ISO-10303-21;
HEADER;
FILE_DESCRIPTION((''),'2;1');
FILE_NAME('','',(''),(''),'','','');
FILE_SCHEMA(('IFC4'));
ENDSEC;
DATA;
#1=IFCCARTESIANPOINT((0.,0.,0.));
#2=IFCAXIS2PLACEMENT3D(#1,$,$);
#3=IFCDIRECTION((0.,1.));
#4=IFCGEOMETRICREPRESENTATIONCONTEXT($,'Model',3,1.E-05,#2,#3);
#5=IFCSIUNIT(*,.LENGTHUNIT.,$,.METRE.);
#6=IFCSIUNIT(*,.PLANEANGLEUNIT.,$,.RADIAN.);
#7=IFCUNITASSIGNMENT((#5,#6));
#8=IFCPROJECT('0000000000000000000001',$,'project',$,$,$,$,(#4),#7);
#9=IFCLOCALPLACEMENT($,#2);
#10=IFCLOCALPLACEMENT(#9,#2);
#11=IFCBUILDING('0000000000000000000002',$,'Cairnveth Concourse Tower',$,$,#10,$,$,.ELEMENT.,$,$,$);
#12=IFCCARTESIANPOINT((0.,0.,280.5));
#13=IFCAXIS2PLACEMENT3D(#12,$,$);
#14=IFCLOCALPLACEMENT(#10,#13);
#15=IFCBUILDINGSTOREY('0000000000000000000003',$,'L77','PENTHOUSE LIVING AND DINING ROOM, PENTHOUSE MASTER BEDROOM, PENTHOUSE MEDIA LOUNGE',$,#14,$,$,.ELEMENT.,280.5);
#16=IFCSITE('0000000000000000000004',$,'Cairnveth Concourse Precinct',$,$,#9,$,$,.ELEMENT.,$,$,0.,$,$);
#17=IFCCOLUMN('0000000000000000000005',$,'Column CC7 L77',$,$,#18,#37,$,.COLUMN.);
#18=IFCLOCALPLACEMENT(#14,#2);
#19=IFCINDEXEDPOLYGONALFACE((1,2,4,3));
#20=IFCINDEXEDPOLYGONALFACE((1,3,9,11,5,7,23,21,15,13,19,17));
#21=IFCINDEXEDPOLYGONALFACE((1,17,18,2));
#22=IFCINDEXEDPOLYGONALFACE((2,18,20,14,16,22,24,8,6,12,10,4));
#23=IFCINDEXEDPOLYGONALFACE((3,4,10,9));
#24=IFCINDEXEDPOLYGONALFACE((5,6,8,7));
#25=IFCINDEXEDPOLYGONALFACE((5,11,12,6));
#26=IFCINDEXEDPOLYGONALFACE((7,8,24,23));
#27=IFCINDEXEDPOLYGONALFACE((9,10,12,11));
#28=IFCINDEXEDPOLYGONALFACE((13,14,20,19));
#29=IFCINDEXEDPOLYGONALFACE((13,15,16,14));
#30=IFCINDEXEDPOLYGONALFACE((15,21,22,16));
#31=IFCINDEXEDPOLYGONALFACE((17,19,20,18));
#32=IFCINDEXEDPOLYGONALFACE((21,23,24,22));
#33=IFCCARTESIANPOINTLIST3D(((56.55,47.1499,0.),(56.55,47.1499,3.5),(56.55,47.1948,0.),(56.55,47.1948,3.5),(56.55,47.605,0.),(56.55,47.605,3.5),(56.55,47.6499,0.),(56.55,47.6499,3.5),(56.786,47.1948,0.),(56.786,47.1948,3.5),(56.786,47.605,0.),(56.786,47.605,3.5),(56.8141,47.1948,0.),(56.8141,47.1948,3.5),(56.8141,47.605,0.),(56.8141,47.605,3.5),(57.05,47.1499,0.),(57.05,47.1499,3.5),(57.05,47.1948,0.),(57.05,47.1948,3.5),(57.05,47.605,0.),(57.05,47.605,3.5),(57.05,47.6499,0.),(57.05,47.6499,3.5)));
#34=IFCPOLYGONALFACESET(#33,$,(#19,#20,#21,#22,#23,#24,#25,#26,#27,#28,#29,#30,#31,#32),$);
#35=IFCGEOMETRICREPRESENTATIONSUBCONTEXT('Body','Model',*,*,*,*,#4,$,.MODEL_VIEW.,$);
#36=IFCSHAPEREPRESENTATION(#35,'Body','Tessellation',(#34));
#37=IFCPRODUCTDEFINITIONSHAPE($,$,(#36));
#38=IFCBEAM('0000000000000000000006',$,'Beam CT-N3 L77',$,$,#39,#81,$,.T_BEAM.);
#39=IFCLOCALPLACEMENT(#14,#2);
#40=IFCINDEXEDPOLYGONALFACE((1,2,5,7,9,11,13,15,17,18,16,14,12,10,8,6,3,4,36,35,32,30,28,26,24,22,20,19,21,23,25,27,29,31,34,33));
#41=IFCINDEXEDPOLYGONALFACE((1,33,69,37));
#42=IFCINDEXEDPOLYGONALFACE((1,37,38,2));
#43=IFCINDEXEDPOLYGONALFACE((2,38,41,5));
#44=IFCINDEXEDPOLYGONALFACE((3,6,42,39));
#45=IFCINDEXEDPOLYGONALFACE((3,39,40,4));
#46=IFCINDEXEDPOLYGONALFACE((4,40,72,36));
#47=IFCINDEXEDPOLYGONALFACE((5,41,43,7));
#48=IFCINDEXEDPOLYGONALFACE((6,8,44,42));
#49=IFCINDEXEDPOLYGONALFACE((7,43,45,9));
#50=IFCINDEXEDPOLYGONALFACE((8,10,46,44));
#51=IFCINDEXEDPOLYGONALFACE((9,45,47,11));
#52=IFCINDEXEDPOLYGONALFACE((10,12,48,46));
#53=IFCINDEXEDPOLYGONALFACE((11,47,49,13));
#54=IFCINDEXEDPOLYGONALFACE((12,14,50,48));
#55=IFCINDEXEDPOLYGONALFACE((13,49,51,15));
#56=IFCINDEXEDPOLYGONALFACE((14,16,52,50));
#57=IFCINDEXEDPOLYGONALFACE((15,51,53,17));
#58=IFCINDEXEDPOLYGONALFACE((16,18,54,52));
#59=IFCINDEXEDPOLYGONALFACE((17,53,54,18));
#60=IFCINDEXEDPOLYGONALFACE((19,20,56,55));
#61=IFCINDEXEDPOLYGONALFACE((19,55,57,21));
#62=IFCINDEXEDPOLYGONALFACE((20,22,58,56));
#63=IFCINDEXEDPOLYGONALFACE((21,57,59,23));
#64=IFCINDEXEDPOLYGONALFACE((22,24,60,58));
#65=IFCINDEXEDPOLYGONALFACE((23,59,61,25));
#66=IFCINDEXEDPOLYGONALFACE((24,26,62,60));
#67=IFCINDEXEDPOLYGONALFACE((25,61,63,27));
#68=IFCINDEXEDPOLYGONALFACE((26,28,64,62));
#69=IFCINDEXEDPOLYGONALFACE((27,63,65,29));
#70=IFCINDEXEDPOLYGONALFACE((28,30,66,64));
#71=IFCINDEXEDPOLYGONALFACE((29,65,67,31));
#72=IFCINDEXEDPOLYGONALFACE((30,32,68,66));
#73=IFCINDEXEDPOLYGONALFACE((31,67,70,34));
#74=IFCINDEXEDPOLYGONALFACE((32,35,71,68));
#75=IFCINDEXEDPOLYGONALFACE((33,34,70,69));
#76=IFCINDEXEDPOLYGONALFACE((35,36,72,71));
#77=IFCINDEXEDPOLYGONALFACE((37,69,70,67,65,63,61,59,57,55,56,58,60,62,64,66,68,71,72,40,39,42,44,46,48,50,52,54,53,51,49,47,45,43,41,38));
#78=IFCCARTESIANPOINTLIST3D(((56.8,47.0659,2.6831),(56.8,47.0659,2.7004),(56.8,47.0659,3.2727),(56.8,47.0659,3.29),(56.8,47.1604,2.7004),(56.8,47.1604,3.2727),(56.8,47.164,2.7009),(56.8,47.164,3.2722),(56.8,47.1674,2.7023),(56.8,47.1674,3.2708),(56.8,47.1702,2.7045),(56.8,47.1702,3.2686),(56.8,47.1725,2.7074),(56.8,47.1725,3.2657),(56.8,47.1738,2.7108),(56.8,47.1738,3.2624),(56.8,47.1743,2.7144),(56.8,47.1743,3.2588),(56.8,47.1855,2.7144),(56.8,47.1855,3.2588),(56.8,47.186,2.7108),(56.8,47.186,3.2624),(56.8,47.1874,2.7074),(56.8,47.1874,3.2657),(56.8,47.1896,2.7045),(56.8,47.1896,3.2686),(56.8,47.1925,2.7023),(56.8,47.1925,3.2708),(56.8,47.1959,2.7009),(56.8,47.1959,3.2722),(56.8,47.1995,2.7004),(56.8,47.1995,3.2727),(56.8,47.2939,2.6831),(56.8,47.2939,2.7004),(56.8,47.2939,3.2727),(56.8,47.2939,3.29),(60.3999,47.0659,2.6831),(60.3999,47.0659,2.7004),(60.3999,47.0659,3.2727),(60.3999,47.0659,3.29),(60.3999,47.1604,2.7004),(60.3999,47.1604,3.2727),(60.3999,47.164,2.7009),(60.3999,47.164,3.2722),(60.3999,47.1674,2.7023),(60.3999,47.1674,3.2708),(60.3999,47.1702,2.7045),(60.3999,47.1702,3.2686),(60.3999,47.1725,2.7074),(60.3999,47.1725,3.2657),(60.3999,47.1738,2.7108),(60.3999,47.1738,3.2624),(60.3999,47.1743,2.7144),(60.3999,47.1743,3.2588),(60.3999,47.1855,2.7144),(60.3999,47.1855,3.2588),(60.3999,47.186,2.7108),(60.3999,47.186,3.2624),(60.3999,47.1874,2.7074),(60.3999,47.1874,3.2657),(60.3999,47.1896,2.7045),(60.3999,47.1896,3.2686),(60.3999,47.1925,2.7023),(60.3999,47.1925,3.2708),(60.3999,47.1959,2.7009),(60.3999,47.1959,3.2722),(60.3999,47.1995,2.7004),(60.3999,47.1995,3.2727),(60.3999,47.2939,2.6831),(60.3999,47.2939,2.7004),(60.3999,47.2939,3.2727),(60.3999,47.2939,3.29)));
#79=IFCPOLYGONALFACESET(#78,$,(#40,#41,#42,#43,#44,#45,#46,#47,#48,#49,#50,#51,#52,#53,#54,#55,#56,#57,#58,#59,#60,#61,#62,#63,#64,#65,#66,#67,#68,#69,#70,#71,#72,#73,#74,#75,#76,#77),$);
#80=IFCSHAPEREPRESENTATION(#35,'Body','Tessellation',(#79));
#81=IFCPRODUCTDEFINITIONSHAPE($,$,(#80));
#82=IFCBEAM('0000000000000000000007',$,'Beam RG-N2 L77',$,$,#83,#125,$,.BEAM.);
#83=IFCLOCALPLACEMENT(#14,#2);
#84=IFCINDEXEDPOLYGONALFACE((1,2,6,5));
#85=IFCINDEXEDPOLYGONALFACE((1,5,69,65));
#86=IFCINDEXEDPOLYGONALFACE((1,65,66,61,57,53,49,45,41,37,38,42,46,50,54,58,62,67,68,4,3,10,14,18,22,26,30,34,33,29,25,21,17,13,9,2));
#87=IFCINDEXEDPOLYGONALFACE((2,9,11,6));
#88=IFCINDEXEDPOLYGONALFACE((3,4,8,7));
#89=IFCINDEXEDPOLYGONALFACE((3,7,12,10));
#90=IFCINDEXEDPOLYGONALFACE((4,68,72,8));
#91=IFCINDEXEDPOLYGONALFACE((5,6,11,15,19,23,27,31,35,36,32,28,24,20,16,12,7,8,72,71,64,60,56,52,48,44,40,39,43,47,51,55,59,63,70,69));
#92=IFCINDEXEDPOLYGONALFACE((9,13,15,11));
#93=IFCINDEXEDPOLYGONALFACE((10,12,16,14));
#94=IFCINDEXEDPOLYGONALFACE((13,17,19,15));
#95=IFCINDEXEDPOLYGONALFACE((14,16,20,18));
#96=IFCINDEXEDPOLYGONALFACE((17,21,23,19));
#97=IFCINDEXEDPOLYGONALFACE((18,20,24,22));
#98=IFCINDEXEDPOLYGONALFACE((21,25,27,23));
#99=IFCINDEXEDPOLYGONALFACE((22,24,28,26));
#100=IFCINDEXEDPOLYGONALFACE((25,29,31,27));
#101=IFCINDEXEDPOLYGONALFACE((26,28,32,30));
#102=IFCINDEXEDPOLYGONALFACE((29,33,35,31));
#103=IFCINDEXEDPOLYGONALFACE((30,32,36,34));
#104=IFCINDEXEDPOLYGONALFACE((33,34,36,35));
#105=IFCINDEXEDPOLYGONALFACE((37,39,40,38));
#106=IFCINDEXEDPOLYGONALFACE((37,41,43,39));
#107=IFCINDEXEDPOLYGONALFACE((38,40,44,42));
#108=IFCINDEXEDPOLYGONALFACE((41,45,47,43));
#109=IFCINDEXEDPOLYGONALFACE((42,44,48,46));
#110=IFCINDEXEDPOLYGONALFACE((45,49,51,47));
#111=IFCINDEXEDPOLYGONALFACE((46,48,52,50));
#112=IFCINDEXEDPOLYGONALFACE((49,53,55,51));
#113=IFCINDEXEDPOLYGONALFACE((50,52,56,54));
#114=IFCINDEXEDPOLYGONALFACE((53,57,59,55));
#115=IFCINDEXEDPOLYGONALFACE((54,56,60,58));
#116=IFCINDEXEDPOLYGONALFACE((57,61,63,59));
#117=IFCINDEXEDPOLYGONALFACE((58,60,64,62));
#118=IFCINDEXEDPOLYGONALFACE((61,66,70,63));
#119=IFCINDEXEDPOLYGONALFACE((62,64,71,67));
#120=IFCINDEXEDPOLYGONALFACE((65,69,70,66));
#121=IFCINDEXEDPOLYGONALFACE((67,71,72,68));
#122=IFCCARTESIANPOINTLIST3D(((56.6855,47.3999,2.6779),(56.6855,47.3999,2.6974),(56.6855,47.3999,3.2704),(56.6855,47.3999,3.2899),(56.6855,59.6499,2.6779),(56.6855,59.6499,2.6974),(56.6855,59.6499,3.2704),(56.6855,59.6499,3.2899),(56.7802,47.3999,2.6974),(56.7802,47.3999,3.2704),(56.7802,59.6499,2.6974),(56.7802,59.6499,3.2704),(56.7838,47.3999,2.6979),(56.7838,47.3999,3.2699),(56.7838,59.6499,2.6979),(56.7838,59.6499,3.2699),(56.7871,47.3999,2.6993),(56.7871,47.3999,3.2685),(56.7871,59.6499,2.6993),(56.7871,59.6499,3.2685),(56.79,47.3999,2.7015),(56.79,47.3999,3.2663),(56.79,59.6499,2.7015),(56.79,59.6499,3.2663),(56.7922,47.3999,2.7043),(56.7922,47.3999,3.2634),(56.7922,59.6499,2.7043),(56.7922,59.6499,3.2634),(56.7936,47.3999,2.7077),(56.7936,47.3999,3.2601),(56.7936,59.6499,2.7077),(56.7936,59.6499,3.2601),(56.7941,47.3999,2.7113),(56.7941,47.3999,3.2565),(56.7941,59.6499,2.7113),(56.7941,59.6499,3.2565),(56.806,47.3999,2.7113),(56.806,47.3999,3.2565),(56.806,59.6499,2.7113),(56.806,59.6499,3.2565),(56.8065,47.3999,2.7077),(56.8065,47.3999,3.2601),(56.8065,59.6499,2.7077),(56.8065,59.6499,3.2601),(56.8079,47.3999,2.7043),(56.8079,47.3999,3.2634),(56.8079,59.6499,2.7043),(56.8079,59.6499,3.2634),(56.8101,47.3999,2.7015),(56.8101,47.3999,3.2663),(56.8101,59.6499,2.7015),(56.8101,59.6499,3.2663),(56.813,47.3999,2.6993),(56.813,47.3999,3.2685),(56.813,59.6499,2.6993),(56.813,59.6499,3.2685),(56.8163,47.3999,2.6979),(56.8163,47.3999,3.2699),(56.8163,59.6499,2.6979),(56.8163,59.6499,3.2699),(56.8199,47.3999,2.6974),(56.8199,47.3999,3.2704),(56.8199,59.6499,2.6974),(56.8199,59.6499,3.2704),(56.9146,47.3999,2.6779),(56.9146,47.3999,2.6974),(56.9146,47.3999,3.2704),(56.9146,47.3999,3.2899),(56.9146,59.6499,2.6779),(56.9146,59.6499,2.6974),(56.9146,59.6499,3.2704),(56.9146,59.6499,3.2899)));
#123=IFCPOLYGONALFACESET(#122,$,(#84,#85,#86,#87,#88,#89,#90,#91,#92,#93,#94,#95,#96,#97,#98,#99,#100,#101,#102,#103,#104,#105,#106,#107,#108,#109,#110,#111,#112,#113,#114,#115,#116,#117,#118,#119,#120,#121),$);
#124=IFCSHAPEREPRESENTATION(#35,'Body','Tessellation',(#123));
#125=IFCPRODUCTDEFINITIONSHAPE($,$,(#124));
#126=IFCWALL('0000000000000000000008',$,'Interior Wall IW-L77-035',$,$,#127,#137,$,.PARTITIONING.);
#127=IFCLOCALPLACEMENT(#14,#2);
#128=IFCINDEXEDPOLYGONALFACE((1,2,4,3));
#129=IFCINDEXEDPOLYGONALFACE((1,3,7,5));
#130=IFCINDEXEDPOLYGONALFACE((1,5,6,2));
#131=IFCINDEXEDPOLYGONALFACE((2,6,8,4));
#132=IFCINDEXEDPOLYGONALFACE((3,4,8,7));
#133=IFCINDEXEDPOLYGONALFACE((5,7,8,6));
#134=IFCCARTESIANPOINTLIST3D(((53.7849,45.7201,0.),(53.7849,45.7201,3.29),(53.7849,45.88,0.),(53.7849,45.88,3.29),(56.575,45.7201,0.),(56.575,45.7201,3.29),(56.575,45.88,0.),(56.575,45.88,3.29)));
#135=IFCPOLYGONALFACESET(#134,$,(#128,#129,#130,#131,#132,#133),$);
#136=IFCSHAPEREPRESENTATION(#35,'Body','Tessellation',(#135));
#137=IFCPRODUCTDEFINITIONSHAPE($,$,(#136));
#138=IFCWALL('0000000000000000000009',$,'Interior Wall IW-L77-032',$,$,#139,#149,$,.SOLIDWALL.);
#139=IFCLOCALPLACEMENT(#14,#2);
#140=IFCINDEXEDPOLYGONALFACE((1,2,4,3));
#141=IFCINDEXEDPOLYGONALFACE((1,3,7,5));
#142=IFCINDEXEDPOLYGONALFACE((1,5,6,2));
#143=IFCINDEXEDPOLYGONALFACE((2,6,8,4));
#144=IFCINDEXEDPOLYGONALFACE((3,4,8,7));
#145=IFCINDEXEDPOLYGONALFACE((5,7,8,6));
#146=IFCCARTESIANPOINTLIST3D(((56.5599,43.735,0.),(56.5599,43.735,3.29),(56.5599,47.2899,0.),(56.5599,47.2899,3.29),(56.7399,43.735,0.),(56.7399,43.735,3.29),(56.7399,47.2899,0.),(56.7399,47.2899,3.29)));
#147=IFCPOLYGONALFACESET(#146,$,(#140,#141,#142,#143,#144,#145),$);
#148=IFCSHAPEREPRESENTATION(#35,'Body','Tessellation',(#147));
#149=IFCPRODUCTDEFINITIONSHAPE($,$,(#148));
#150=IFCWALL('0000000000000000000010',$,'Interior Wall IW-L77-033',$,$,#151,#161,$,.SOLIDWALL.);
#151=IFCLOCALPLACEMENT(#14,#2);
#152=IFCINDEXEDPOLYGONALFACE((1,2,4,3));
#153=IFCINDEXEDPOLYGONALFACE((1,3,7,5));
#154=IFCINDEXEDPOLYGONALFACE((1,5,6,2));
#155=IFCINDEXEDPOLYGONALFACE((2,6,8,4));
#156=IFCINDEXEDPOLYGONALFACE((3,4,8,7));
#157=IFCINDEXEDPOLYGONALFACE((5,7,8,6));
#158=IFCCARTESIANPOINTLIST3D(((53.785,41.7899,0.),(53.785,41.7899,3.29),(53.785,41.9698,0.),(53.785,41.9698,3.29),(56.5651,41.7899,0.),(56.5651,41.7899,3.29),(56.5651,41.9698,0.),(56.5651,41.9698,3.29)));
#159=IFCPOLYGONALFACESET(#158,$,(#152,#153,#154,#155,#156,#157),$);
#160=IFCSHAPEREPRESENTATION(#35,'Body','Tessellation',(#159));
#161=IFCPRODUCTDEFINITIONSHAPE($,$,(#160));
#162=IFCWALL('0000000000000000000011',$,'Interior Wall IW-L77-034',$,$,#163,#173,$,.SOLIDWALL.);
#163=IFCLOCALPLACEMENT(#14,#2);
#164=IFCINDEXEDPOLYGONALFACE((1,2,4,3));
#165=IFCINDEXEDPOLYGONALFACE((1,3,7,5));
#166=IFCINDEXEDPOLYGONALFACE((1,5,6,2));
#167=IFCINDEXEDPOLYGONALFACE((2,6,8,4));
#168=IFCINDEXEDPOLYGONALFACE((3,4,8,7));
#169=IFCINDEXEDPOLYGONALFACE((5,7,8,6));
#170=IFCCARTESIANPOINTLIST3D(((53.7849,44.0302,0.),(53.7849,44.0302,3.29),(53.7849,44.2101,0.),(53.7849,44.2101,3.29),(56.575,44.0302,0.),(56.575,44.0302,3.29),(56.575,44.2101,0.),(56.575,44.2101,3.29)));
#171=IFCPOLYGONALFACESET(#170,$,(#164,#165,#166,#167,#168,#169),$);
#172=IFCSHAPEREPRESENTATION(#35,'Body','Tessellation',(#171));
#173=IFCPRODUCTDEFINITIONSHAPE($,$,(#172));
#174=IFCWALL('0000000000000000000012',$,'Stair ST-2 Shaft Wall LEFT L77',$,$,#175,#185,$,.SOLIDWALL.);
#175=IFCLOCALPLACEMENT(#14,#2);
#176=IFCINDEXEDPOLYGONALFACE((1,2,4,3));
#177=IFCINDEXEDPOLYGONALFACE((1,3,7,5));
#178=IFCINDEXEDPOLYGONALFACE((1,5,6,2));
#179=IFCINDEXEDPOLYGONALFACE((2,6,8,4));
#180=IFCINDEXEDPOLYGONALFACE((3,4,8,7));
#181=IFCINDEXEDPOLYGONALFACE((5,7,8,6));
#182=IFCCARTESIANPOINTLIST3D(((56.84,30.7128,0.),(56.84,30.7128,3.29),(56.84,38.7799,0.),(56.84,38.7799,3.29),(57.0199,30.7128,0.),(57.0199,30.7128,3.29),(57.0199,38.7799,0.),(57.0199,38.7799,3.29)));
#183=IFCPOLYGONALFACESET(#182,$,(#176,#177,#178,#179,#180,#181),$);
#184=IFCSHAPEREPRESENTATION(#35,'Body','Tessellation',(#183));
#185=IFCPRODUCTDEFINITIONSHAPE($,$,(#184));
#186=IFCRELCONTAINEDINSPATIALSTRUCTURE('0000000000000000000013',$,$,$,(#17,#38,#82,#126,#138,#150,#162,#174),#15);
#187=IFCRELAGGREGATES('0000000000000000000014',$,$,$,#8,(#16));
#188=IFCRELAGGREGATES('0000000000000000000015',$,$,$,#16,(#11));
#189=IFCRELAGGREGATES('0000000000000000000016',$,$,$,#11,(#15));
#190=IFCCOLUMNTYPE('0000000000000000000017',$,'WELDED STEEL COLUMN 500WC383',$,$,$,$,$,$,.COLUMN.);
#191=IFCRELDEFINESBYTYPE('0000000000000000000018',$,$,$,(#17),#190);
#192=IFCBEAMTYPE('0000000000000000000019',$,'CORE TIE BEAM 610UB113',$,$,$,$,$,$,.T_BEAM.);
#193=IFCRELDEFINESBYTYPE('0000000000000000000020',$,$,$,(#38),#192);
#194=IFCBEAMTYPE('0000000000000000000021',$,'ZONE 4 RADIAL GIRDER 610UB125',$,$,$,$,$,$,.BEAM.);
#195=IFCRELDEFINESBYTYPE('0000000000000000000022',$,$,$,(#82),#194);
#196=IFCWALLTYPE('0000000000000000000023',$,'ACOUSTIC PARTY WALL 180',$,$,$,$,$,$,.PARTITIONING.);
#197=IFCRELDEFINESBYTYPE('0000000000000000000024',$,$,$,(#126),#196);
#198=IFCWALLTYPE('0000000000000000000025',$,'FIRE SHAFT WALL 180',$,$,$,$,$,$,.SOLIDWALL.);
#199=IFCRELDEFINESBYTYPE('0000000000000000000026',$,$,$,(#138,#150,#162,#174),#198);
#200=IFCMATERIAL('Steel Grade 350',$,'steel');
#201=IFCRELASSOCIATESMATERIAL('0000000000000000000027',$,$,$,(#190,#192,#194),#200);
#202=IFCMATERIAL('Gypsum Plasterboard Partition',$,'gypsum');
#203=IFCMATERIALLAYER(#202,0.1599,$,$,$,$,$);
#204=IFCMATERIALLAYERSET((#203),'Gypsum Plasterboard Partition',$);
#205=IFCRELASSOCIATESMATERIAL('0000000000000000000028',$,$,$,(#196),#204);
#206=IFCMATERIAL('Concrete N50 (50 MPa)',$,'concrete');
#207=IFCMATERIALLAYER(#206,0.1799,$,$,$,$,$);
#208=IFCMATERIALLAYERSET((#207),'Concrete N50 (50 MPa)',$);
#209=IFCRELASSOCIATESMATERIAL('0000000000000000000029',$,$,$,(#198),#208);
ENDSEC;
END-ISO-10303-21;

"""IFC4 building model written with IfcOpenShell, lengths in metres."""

from ifc_helpers import new_model, si_unit, direction, frame, frame_2d, origin, origin_2d, place, context, subcontext, project, spatial, rectangle, i_section, extrude, material, layer, layer_set, material_profile, profile_set, type_object, element, save


model = new_model("IFC4")

# Units and contexts
model_context = context("Model", 3, precision=1e-05, world=origin(), true_north=direction((0.0, 1.0)))
body_context = subcontext(model_context, "Body", "Model", "MODEL_VIEW")
ifc_project = project(units=[si_unit("LENGTHUNIT", "METRE"), si_unit("PLANEANGLEUNIT", "RADIAN")], contexts=[model_context])

# Site, building, storey
site_placement = place(None, origin())
site = spatial("IfcSite", under=ifc_project, at=site_placement, Name="Cairnveth Concourse Precinct", CompositionType="ELEMENT", RefElevation=0.0)
building_placement = place(site_placement, origin())
building = spatial("IfcBuilding", under=site, at=building_placement, Name="Cairnveth Concourse Tower", CompositionType="ELEMENT")
storey_placement = place(building_placement, frame((0.0, 0.0, 280.5)))
storey = spatial("IfcBuildingStorey", under=building, at=storey_placement, Name="L77", Description="PENTHOUSE LIVING AND DINING ROOM, PENTHOUSE MASTER BEDROOM, PENTHOUSE MEDIA LOUNGE", CompositionType="ELEMENT", Elevation=280.5)

# Column
ifc_material_1 = material(Name="Steel Grade 350", Category="steel")
ifc_material_profile_1 = material_profile(ifc_material_1, i_section(OverallWidth=0.5, OverallDepth=0.5, WebThickness=0.0281, FlangeThickness=0.0449, at=origin_2d()), Name="500WC383")
ifc_profile_set_1 = profile_set([ifc_material_profile_1], Name="Steel Grade 350")
column_type = type_object("IfcColumnType", Name="WELDED STEEL COLUMN 500WC383", PredefinedType="COLUMN", material=ifc_profile_set_1)
column_placement = place(storey_placement, frame((56.8, 47.3999, 0.0), z_axis=(0.0, 0.0, 1.0), x_axis=(1.0, 0.0, 0.0)))
element("IfcColumn", 1, at=column_placement, inside=storey, type_object=column_type, Name="Column CC7 L77", PredefinedType="COLUMN", context=body_context, shape_type="SweptSolid", body=[
    extrude(i_section(OverallWidth=0.5, OverallDepth=0.5, WebThickness=0.0281, FlangeThickness=0.0449, at=origin_2d()), origin(), (0.0, 0.0, 1.0), 3.5),
])

# Beams
ifc_material_profile_2 = material_profile(ifc_material_1, i_section(OverallWidth=0.228, OverallDepth=0.6069, WebThickness=0.0112, FlangeThickness=0.0173, FilletRadius=0.0139, at=origin_2d()), Name="610UB113")
ifc_profile_set_2 = profile_set([ifc_material_profile_2], Name="Steel Grade 350")
beam_type_1 = type_object("IfcBeamType", Name="CORE TIE BEAM 610UB113", PredefinedType="T_BEAM", material=ifc_profile_set_2)
beam_1_placement = place(storey_placement, frame((56.8, 47.1799, 2.9866), z_axis=(1.0, 0.0, 0.0), x_axis=(0.0, 1.0, 0.0)))
element("IfcBeam", 2, at=beam_1_placement, inside=storey, type_object=beam_type_1, Name="Beam CT-N3 L77", PredefinedType="T_BEAM", context=body_context, shape_type="SweptSolid", body=[
    extrude(i_section(OverallWidth=0.228, OverallDepth=0.6069, WebThickness=0.0112, FlangeThickness=0.0173, FilletRadius=0.0139, at=origin_2d()), origin(), (0.0, 0.0, 1.0), 3.5999),
])
ifc_material_profile_3 = material_profile(ifc_material_1, i_section(OverallWidth=0.229, OverallDepth=0.6121, WebThickness=0.012, FlangeThickness=0.0195, FilletRadius=0.0139, at=origin_2d()), Name="610UB125")
ifc_profile_set_3 = profile_set([ifc_material_profile_3], Name="Steel Grade 350")
beam_type_2 = type_object("IfcBeamType", Name="ZONE 4 RADIAL GIRDER 610UB125", PredefinedType="BEAM", material=ifc_profile_set_3)
beam_2_placement = place(storey_placement, frame((56.8, 47.3999, 2.9839), z_axis=(0.0, 1.0, 0.0), x_axis=(-1.0, 0.0, 0.0)))
element("IfcBeam", 3, at=beam_2_placement, inside=storey, type_object=beam_type_2, Name="Beam RG-N2 L77", PredefinedType="BEAM", context=body_context, shape_type="SweptSolid", body=[
    extrude(i_section(OverallWidth=0.229, OverallDepth=0.6121, WebThickness=0.012, FlangeThickness=0.0195, FilletRadius=0.0139, at=origin_2d()), origin(), (0.0, 0.0, 1.0), 12.25),
])

# Walls
ifc_material_2 = material(Name="Gypsum Plasterboard Partition", Category="gypsum")
ifc_layer_1 = layer(ifc_material_2, 0.1599)
ifc_layer_set_1 = layer_set([ifc_layer_1], Name="Gypsum Plasterboard Partition")
wall_type_1 = type_object("IfcWallType", Name="ACOUSTIC PARTY WALL 180", PredefinedType="PARTITIONING", material=ifc_layer_set_1)
wall_1_placement = place(storey_placement, frame((53.7849, 45.8, 0.0), z_axis=(0.0, 0.0, 1.0), x_axis=(1.0, 0.0, 0.0)))
element("IfcWall", 4, at=wall_1_placement, inside=storey, type_object=wall_type_1, Name="Interior Wall IW-L77-035", PredefinedType="PARTITIONING", context=body_context, shape_type="SweptSolid", body=[
    extrude(rectangle(XDim=2.79, YDim=0.1599, at=frame_2d((1.395, 0.0))), origin(), (0.0, 0.0, 1.0), 3.29),
])
ifc_material_3 = material(Name="Concrete N50 (50 MPa)", Category="concrete")
ifc_layer_2 = layer(ifc_material_3, 0.1799)
ifc_layer_set_2 = layer_set([ifc_layer_2], Name="Concrete N50 (50 MPa)")
wall_type_2 = type_object("IfcWallType", Name="FIRE SHAFT WALL 180", PredefinedType="SOLIDWALL", material=ifc_layer_set_2)
wall_2_placement = place(storey_placement, frame((56.6499, 43.7351, 0.0), z_axis=(0.0, 0.0, 1.0), x_axis=(0.0, 1.0, 0.0)))
element("IfcWall", 5, at=wall_2_placement, inside=storey, type_object=wall_type_2, Name="Interior Wall IW-L77-032", PredefinedType="SOLIDWALL", context=body_context, shape_type="SweptSolid", body=[
    extrude(rectangle(XDim=3.5549, YDim=0.1799, at=frame_2d((1.7773, 0.0))), origin(), (0.0, 0.0, 1.0), 3.29),
])
wall_3_placement = place(storey_placement, frame((53.7849, 41.8799, 0.0), z_axis=(0.0, 0.0, 1.0), x_axis=(1.0, 0.0, 0.0)))
element("IfcWall", 6, at=wall_3_placement, inside=storey, type_object=wall_type_2, Name="Interior Wall IW-L77-033", PredefinedType="SOLIDWALL", context=body_context, shape_type="SweptSolid", body=[
    extrude(rectangle(XDim=2.78, YDim=0.1799, at=frame_2d((1.3901, 0.0))), origin(), (0.0, 0.0, 1.0), 3.29),
])
wall_4_placement = place(storey_placement, frame((53.7849, 44.1201, 0.0), z_axis=(0.0, 0.0, 1.0), x_axis=(1.0, 0.0, 0.0)))
element("IfcWall", 7, at=wall_4_placement, inside=storey, type_object=wall_type_2, Name="Interior Wall IW-L77-034", PredefinedType="SOLIDWALL", context=body_context, shape_type="SweptSolid", body=[
    extrude(rectangle(XDim=2.79, YDim=0.1799, at=frame_2d((1.395, 0.0))), origin(), (0.0, 0.0, 1.0), 3.29),
])

# Wall
wall_5_placement = place(storey_placement, frame((56.9299, 38.78, 0.0), z_axis=(0.0, 0.0, 1.0), x_axis=(0.0, -1.0, 0.0)))
element("IfcWall", 8, at=wall_5_placement, inside=storey, type_object=wall_type_2, Name="Stair ST-2 Shaft Wall LEFT L77", PredefinedType="SOLIDWALL", context=body_context, shape_type="SweptSolid", body=[
    extrude(rectangle(XDim=8.0671, YDim=0.1799, at=frame_2d((4.0337, 0.0))), origin(), (0.0, 0.0, 1.0), 3.29),
])

save(model, "model.ifc")
